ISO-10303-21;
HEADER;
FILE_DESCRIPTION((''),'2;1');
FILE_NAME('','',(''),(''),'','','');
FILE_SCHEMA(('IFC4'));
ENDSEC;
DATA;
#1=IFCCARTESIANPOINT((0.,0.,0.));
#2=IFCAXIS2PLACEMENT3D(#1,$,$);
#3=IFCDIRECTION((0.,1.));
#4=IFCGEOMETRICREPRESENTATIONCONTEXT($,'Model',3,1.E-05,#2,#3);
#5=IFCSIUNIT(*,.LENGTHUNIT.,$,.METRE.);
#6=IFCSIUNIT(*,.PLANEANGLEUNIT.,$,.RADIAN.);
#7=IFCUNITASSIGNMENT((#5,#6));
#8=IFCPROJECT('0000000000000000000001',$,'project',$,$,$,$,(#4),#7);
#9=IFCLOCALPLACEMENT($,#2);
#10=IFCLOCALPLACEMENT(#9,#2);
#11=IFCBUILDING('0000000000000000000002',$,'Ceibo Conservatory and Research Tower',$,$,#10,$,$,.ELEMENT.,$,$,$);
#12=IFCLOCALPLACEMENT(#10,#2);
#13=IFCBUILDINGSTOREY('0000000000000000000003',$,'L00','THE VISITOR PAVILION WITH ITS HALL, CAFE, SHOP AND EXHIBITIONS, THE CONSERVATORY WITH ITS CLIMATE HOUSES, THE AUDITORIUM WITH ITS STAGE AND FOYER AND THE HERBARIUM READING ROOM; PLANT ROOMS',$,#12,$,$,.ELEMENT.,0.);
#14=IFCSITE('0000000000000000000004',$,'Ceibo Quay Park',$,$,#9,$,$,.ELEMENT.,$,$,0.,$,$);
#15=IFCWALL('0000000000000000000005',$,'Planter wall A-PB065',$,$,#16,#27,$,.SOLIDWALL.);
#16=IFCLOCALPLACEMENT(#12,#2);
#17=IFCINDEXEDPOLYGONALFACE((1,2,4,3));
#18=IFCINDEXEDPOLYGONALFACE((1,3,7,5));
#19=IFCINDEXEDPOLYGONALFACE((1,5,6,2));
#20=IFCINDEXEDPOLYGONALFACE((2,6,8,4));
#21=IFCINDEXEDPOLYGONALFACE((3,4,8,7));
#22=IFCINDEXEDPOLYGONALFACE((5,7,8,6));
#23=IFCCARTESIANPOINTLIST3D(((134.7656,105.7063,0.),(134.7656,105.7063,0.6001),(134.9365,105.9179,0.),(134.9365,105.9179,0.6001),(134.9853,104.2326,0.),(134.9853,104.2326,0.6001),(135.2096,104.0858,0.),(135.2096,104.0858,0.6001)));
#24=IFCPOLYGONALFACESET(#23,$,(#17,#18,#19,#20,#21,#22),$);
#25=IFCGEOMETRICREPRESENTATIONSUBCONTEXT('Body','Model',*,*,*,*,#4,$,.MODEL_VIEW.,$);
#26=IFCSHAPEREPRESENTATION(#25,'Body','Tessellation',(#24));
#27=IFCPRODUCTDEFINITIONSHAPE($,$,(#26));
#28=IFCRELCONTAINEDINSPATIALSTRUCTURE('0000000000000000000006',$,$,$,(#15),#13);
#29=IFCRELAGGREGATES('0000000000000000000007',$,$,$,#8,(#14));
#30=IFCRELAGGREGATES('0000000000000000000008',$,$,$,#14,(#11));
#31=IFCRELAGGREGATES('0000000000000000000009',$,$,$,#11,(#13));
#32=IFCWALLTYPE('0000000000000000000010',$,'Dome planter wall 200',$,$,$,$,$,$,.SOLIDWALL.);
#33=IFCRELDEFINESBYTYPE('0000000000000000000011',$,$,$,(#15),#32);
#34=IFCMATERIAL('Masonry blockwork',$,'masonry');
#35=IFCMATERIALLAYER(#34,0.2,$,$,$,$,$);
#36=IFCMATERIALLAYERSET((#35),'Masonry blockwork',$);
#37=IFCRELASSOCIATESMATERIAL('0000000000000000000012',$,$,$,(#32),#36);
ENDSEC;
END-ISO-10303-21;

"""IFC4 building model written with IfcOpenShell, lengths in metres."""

from ifc_helpers import new_model, si_unit, direction, frame, origin, place, context, subcontext, project, spatial, polyline, outline, extrude, material, layer, layer_set, type_object, element, save


model = new_model("IFC4")

# Units and contexts
model_context = context("Model", 3, precision=1e-05, world=origin(), true_north=direction((0.0, 1.0)))
body_context = subcontext(model_context, "Body", "Model", "MODEL_VIEW")
ifc_project = project(units=[si_unit("LENGTHUNIT", "METRE"), si_unit("PLANEANGLEUNIT", "RADIAN")], contexts=[model_context])

# Site, building, storey
site_placement = place(None, origin())
site = spatial("IfcSite", under=ifc_project, at=site_placement, Name="Ceibo Quay Park", CompositionType="ELEMENT", RefElevation=0.0)
building_placement = place(site_placement, origin())
building = spatial("IfcBuilding", under=site, at=building_placement, Name="Ceibo Conservatory and Research Tower", CompositionType="ELEMENT")
storey_placement = place(building_placement, origin())
storey = spatial("IfcBuildingStorey", under=building, at=storey_placement, Name="L00", Description="THE VISITOR PAVILION WITH ITS HALL, CAFE, SHOP AND EXHIBITIONS, THE CONSERVATORY WITH ITS CLIMATE HOUSES, THE AUDITORIUM WITH ITS STAGE AND FOYER AND THE HERBARIUM READING ROOM; PLANT ROOMS", CompositionType="ELEMENT", Elevation=0.0)

# Wall
ifc_material_1 = material(Name="Masonry blockwork", Category="masonry")
ifc_layer_1 = layer(ifc_material_1, 0.2)
ifc_layer_set_1 = layer_set([ifc_layer_1], Name="Masonry blockwork")
wall_type_1 = type_object("IfcWallType", Name="Dome planter wall 200", PredefinedType="SOLIDWALL", material=ifc_layer_set_1)
wall_1_placement = place(storey_placement, frame((135.0974, 104.1592, 0.0), z_axis=(0.0, 0.0, 1.0), x_axis=(-0.147412, 0.989075, 0.0)))
element("IfcWall", 1, at=wall_1_placement, inside=storey, type_object=wall_type_1, Name="Planter wall A-PB065", PredefinedType="SOLIDWALL", context=body_context, shape_type="SweptSolid", body=[
    extrude(outline(polyline([(-0.0891, -0.1001), (1.7632, -0.1001), (1.5791, 0.1001), (0.0891, 0.1001), (-0.0891, -0.1001)])), origin(), (0.0, 0.0, 1.0), 0.6001),
])

save(model, "model.ifc")
